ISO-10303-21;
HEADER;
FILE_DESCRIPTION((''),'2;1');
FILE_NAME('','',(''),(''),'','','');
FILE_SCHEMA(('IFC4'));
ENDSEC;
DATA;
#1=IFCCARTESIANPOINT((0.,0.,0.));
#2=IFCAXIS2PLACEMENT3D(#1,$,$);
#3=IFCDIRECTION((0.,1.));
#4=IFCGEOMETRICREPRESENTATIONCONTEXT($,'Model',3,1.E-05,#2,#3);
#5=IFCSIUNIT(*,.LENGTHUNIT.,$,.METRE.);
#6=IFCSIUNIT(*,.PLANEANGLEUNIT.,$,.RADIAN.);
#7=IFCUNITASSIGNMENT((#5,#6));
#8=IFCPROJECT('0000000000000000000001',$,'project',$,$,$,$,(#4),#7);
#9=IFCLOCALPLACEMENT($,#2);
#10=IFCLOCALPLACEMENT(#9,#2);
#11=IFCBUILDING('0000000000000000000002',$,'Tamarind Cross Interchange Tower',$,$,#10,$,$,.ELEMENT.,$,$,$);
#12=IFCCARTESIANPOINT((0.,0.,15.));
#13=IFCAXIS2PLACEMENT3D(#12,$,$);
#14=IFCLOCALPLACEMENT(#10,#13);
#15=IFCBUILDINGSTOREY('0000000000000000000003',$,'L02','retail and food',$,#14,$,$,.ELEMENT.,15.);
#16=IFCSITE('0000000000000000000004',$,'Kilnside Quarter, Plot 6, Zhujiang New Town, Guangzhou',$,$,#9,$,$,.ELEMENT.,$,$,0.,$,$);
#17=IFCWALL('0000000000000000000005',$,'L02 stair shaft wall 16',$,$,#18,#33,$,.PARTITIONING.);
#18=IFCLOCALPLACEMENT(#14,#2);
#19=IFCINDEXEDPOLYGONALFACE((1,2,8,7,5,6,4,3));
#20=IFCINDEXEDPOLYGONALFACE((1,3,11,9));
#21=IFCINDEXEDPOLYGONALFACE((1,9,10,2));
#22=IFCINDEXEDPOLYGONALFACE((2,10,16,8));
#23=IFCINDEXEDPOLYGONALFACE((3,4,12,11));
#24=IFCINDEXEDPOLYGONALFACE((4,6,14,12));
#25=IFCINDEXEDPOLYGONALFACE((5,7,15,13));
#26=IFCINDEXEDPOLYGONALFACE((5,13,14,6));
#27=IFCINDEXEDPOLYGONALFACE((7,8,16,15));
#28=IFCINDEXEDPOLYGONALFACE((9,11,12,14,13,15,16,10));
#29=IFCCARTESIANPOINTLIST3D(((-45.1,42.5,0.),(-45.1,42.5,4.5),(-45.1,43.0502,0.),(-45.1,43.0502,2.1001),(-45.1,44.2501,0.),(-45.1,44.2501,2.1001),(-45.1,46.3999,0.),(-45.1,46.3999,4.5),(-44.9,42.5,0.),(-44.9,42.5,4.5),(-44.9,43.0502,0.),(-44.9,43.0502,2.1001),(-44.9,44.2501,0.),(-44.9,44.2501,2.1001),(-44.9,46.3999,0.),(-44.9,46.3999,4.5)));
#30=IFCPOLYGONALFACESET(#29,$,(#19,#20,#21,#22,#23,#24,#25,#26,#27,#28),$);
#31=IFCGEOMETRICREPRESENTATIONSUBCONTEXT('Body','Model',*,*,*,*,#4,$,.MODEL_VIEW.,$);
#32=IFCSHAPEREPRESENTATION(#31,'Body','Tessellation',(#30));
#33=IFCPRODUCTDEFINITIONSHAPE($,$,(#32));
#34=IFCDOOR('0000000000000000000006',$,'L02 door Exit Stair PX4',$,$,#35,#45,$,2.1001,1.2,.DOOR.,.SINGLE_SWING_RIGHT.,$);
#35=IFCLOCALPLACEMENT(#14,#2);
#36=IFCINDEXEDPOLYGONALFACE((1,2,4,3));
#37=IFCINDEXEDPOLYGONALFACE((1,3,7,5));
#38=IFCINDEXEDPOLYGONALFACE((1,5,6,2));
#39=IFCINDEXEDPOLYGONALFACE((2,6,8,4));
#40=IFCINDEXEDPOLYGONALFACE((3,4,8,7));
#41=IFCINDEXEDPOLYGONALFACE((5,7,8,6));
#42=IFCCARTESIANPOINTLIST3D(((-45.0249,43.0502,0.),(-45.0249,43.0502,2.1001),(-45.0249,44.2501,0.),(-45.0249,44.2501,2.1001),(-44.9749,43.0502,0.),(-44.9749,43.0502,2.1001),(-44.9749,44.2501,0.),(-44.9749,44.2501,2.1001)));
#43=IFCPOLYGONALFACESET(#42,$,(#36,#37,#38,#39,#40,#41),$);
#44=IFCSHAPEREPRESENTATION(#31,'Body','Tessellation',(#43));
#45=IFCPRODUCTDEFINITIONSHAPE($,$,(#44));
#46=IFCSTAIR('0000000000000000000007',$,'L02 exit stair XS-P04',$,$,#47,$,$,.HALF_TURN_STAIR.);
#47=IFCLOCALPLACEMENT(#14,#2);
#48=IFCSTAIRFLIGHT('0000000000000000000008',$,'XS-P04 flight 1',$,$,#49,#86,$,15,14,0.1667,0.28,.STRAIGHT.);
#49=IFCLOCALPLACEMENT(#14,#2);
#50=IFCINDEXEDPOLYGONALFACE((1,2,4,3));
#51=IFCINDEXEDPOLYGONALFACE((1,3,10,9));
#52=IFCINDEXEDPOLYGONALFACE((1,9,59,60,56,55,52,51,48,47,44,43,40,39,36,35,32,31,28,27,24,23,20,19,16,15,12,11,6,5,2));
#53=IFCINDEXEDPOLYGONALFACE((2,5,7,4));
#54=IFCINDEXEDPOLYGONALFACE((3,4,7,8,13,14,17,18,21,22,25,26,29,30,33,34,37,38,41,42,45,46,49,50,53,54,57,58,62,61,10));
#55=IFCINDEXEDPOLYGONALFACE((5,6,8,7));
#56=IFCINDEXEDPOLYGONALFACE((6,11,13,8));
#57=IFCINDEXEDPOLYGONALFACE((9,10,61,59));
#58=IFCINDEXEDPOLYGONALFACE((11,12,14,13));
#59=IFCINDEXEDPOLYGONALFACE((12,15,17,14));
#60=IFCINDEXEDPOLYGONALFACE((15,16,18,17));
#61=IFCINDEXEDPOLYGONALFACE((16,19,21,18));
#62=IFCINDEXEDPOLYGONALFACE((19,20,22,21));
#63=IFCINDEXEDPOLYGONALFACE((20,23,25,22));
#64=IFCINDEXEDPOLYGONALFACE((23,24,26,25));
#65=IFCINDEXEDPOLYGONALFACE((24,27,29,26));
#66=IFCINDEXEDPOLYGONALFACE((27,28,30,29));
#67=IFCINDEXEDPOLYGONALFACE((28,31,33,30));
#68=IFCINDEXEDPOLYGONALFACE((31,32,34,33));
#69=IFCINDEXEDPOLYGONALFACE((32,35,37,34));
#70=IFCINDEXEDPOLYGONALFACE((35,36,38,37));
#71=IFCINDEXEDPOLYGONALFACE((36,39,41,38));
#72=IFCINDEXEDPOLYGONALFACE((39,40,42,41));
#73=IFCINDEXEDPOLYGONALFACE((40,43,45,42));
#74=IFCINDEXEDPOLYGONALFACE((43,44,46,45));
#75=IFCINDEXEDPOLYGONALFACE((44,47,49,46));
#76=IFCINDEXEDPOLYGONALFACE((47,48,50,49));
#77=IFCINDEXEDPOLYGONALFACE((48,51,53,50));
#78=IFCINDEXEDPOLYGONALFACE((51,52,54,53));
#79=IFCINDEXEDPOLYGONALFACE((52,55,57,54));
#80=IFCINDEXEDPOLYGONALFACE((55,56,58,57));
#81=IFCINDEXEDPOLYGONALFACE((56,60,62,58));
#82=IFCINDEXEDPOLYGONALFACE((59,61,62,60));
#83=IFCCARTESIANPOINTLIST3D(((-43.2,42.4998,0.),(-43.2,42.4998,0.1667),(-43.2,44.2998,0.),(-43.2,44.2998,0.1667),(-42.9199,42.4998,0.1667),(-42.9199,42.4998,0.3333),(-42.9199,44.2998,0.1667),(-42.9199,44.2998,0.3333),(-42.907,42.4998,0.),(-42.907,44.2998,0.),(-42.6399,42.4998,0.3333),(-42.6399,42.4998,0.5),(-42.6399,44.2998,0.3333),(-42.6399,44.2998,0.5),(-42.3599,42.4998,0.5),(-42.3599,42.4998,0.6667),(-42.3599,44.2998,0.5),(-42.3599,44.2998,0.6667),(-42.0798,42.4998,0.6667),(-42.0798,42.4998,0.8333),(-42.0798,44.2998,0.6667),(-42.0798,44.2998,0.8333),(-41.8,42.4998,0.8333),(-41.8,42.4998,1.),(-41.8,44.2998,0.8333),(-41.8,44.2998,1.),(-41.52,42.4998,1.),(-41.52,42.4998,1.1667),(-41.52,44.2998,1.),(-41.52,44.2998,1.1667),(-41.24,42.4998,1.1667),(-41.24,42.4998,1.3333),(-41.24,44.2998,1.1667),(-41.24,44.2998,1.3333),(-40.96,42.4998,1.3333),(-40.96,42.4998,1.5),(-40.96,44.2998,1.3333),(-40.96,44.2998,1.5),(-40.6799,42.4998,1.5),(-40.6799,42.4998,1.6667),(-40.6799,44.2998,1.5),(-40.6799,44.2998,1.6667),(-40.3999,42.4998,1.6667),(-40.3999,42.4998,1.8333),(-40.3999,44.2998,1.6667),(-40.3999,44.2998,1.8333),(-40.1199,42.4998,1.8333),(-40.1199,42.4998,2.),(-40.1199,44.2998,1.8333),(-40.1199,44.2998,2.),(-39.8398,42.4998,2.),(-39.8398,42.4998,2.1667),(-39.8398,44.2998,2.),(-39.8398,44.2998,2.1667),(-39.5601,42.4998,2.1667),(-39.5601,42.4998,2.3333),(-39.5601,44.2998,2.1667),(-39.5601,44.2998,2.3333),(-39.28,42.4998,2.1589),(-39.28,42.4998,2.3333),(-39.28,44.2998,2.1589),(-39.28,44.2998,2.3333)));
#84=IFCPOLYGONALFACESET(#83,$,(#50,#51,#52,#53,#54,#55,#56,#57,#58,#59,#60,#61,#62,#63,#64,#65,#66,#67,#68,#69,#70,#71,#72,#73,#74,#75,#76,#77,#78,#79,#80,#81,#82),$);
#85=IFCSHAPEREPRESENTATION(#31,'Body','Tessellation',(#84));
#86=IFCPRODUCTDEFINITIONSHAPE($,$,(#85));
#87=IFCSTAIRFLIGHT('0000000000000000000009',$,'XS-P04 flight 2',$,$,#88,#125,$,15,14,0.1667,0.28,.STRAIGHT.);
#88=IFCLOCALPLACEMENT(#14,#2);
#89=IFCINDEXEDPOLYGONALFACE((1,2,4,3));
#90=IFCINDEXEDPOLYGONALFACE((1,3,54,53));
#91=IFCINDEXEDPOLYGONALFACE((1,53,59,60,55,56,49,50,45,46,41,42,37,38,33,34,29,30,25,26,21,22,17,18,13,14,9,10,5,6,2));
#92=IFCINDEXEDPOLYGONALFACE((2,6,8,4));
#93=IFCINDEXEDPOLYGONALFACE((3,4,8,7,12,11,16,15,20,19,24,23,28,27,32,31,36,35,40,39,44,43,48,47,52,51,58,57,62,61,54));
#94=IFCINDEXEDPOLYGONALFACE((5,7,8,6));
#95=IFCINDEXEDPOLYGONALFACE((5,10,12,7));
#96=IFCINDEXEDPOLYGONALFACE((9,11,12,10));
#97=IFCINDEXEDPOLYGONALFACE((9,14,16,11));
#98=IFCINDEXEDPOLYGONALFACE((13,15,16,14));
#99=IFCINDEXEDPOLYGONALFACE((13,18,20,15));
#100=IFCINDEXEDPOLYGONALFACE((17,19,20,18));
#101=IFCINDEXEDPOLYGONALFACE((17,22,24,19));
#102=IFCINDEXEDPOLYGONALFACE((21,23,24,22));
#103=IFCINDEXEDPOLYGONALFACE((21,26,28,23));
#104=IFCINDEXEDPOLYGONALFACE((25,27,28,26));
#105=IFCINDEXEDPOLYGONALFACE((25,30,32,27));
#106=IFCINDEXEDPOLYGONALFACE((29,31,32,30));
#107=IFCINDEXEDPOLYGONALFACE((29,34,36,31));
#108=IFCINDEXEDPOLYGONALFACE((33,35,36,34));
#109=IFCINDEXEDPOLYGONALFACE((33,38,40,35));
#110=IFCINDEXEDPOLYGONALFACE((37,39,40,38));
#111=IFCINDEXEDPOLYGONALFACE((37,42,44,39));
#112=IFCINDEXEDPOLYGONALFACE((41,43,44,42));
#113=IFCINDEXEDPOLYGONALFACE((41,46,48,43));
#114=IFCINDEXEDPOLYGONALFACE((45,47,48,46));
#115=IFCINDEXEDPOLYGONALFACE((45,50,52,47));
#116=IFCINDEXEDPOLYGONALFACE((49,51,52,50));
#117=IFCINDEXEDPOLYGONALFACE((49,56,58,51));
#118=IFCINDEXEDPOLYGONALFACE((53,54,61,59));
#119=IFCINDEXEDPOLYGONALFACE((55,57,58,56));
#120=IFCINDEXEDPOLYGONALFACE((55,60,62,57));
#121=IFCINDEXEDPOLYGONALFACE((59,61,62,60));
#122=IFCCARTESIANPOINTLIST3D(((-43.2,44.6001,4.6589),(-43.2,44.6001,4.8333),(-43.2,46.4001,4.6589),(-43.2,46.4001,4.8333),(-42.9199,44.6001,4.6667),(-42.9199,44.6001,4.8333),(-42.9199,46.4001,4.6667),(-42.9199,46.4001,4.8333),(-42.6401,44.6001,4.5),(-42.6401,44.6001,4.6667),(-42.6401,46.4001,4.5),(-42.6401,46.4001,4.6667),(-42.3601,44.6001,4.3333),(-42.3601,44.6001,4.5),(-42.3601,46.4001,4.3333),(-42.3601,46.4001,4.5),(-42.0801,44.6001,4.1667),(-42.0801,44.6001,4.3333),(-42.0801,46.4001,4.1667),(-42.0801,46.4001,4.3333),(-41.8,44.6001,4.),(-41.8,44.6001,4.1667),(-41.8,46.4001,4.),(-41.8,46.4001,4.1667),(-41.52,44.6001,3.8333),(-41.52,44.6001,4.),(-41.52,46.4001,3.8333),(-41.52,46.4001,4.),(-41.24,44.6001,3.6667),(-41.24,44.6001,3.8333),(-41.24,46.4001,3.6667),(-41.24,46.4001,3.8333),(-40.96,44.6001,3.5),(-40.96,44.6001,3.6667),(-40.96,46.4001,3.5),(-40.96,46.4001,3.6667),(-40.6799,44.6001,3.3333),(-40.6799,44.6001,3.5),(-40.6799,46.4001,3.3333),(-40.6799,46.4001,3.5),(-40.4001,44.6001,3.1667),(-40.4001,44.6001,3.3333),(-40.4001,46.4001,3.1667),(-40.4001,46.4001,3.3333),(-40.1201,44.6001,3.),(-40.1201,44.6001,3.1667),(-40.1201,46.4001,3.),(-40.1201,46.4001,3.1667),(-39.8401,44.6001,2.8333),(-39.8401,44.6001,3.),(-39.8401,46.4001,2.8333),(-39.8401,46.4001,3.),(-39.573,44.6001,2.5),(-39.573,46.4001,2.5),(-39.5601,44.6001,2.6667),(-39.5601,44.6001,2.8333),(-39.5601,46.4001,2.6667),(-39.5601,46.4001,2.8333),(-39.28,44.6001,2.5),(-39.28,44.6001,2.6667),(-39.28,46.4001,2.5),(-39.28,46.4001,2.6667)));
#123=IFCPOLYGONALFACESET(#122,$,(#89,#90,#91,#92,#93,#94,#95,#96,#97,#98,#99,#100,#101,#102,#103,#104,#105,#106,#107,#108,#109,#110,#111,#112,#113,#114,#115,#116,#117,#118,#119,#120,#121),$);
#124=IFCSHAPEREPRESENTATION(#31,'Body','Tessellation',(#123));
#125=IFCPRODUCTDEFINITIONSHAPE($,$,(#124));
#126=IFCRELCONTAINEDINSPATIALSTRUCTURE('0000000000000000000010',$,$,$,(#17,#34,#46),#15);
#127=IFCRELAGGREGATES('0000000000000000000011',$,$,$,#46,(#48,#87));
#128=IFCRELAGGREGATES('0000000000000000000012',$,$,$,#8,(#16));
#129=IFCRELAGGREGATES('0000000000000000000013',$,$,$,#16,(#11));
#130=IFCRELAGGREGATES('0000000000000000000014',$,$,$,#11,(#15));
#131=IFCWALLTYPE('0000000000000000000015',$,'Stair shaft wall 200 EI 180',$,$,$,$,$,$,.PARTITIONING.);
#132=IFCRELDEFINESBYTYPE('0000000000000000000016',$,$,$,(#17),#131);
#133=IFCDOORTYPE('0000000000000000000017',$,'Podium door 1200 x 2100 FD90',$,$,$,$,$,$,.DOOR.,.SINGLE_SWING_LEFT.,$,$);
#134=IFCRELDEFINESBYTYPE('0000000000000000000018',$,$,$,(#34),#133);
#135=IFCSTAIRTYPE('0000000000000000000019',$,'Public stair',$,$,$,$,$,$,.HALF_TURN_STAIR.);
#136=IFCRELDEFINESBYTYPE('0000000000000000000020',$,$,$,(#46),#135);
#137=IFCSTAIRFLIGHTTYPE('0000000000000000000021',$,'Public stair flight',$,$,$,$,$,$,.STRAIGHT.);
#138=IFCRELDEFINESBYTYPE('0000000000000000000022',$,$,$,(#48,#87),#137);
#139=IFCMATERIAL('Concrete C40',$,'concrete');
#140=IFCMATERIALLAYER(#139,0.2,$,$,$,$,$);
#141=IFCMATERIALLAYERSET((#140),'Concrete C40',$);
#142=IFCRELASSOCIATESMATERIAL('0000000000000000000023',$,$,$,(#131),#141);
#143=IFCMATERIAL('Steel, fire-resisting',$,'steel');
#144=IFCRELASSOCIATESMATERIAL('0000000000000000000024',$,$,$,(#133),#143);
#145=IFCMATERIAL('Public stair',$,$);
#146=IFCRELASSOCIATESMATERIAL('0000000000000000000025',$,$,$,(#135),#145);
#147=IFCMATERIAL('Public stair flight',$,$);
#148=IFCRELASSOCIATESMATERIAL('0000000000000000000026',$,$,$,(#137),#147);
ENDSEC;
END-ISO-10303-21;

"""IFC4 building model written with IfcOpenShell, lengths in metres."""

from ifc_helpers import new_model, si_unit, direction, frame, frame_2d, origin, place, context, subcontext, project, spatial, polyline, rectangle, outline, extrude, material, layer, layer_set, type_object, element, fill, aggregate, save


model = new_model("IFC4")

# Units and contexts
model_context = context("Model", 3, precision=1e-05, world=origin(), true_north=direction((0.0, 1.0)))
body_context = subcontext(model_context, "Body", "Model", "MODEL_VIEW")
ifc_project = project(units=[si_unit("LENGTHUNIT", "METRE"), si_unit("PLANEANGLEUNIT", "RADIAN")], contexts=[model_context])

# Site, building, storey
site_placement = place(None, origin())
site = spatial("IfcSite", under=ifc_project, at=site_placement, Name="Kilnside Quarter, Plot 6, Zhujiang New Town, Guangzhou", CompositionType="ELEMENT", RefElevation=0.0)
building_placement = place(site_placement, origin())
building = spatial("IfcBuilding", under=site, at=building_placement, Name="Tamarind Cross Interchange Tower", CompositionType="ELEMENT")
storey_placement = place(building_placement, frame((0.0, 0.0, 15.0)))
storey = spatial("IfcBuildingStorey", under=building, at=storey_placement, Name="L02", Description="retail and food", CompositionType="ELEMENT", Elevation=15.0)

# Shared definitions
ifc_material_1 = material(Name="Concrete C40", Category="concrete")
ifc_layer_1 = layer(ifc_material_1, 0.2)
ifc_layer_set_1 = layer_set([ifc_layer_1], Name="Concrete C40")
wall_type_1 = type_object("IfcWallType", Name="Stair shaft wall 200 EI 180", PredefinedType="PARTITIONING", material=ifc_layer_set_1)

# Wall, opening, door
wall_1_placement = place(storey_placement, frame((-45.0, 42.5, 0.0), z_axis=(0.0, 0.0, 1.0), x_axis=(0.0, 1.0, 0.0)))
wall_1 = element("IfcWall", 1, at=wall_1_placement, inside=storey, type_object=wall_type_1, Name="L02 stair shaft wall 16", PredefinedType="PARTITIONING", context=body_context, shape_type="SweptSolid", body=[
    extrude(rectangle(XDim=3.8999, YDim=0.2, at=frame_2d((1.95, 0.0))), origin(), (0.0, 0.0, 1.0), 4.5),
])
opening_placement = place(wall_1_placement, frame((0.55, 0.0, 0.0)))
opening = element("IfcOpeningElement", 2, at=opening_placement, cuts=wall_1, PredefinedType="OPENING", context=body_context, shape_type="SweptSolid", body=[
    extrude(rectangle(XDim=1.2, YDim=2.1001, at=frame_2d((0.6001, 1.05))), frame((0.0, 0.1099, 0.0), z_axis=(0.0, -1.0, 0.0), x_axis=(1.0, 0.0, 0.0)), (0.0, 0.0, 1.0), 0.22),
])
ifc_material_2 = material(Name="Steel, fire-resisting", Category="steel")
door_type = type_object("IfcDoorType", Name="Podium door 1200 x 2100 FD90", OperationType="SINGLE_SWING_LEFT", PredefinedType="DOOR", material=ifc_material_2)
door_placement = place(opening_placement, origin())
door = element("IfcDoor", 3, at=door_placement, inside=storey, type_object=door_type, Name="L02 door Exit Stair PX4", OperationType="SINGLE_SWING_RIGHT", OverallHeight=2.1001, OverallWidth=1.2, PredefinedType="DOOR", context=body_context, shape_type="SweptSolid", body=[
    extrude(rectangle(XDim=1.2, YDim=2.1001, at=frame_2d((0.6001, 1.05))), frame((0.0, 0.0249, 0.0), z_axis=(0.0, -1.0, 0.0), x_axis=(1.0, 0.0, 0.0)), (0.0, 0.0, 1.0), 0.05),
])
fill(opening, door)

# Stair, stair flights
ifc_material_3 = material(Name="Public stair")
stair_type = type_object("IfcStairType", Name="Public stair", PredefinedType="HALF_TURN_STAIR", material=ifc_material_3)
stair_placement = place(storey_placement, origin())
stair = element("IfcStair", 4, at=stair_placement, inside=storey, type_object=stair_type, Name="L02 exit stair XS-P04", PredefinedType="HALF_TURN_STAIR")
ifc_material_4 = material(Name="Public stair flight")
stair_flight_type = type_object("IfcStairFlightType", Name="Public stair flight", PredefinedType="STRAIGHT", material=ifc_material_4)
stair_flight_1_placement = place(storey_placement, frame((-43.2, 43.3999, 0.0), z_axis=(0.0, 0.0, 1.0), x_axis=(1.0, 0.0, 0.0)))
stair_flight_1 = element("IfcStairFlight", 5, at=stair_flight_1_placement, type_object=stair_flight_type, Name="XS-P04 flight 1", NumberOfRisers=15, NumberOfTreads=14, PredefinedType="STRAIGHT", RiserHeight=0.1667, TreadLength=0.28, context=body_context, shape_type="SweptSolid", body=[
    extrude(outline(polyline([(0.0, 0.0), (0.0, 0.1667), (0.28, 0.1667), (0.28, 0.3333), (0.5601, 0.3333), (0.5601, 0.5), (0.8401, 0.5), (0.8401, 0.6667), (1.1201, 0.6667), (1.1201, 0.8333), (1.3999, 0.8333), (1.3999, 1.0), (1.6799, 1.0), (1.6799, 1.1667), (1.96, 1.1667), (1.96, 1.3333), (2.24, 1.3333), (2.24, 1.5), (2.52, 1.5), (2.52, 1.6667), (2.8, 1.6667), (2.8, 1.8333), (3.0801, 1.8333), (3.0801, 2.0), (3.3601, 2.0), (3.3601, 2.1667), (3.6399, 2.1667), (3.6399, 2.3333), (3.9199, 2.3333), (3.9199, 2.5), (3.9199, 2.1589), (0.293, 0.0), (0.0, 0.0)])), frame((0.0, 0.8999, 0.0), z_axis=(0.0, -1.0, 0.0), x_axis=(1.0, 0.0, 0.0)), (0.0, 0.0, 1.0), 1.8),
])
stair_flight_2_placement = place(storey_placement, frame((-39.28, 45.5, 2.5), z_axis=(0.0, 0.0, 1.0), x_axis=(-1.0, 0.0, 0.0)))
stair_flight_2 = element("IfcStairFlight", 6, at=stair_flight_2_placement, type_object=stair_flight_type, Name="XS-P04 flight 2", NumberOfRisers=15, NumberOfTreads=14, PredefinedType="STRAIGHT", RiserHeight=0.1667, TreadLength=0.28, context=body_context, shape_type="SweptSolid", body=[
    extrude(outline(polyline([(0.0, 0.0), (0.0, 0.1667), (0.28, 0.1667), (0.28, 0.3333), (0.5601, 0.3333), (0.5601, 0.5), (0.8401, 0.5), (0.8401, 0.6667), (1.1201, 0.6667), (1.1201, 0.8333), (1.3999, 0.8333), (1.3999, 1.0), (1.6799, 1.0), (1.6799, 1.1667), (1.96, 1.1667), (1.96, 1.3333), (2.24, 1.3333), (2.24, 1.5), (2.52, 1.5), (2.52, 1.6667), (2.8, 1.6667), (2.8, 1.8333), (3.0801, 1.8333), (3.0801, 2.0), (3.3601, 2.0), (3.3601, 2.1667), (3.6399, 2.1667), (3.6399, 2.3333), (3.9199, 2.3333), (3.9199, 2.5), (3.9199, 2.1589), (0.293, 0.0), (0.0, 0.0)])), frame((0.0, 0.8999, 0.0), z_axis=(0.0, -1.0, 0.0), x_axis=(1.0, 0.0, 0.0)), (0.0, 0.0, 1.0), 1.8),
])
aggregate(stair, [stair_flight_1, stair_flight_2])

save(model, "model.ifc")
